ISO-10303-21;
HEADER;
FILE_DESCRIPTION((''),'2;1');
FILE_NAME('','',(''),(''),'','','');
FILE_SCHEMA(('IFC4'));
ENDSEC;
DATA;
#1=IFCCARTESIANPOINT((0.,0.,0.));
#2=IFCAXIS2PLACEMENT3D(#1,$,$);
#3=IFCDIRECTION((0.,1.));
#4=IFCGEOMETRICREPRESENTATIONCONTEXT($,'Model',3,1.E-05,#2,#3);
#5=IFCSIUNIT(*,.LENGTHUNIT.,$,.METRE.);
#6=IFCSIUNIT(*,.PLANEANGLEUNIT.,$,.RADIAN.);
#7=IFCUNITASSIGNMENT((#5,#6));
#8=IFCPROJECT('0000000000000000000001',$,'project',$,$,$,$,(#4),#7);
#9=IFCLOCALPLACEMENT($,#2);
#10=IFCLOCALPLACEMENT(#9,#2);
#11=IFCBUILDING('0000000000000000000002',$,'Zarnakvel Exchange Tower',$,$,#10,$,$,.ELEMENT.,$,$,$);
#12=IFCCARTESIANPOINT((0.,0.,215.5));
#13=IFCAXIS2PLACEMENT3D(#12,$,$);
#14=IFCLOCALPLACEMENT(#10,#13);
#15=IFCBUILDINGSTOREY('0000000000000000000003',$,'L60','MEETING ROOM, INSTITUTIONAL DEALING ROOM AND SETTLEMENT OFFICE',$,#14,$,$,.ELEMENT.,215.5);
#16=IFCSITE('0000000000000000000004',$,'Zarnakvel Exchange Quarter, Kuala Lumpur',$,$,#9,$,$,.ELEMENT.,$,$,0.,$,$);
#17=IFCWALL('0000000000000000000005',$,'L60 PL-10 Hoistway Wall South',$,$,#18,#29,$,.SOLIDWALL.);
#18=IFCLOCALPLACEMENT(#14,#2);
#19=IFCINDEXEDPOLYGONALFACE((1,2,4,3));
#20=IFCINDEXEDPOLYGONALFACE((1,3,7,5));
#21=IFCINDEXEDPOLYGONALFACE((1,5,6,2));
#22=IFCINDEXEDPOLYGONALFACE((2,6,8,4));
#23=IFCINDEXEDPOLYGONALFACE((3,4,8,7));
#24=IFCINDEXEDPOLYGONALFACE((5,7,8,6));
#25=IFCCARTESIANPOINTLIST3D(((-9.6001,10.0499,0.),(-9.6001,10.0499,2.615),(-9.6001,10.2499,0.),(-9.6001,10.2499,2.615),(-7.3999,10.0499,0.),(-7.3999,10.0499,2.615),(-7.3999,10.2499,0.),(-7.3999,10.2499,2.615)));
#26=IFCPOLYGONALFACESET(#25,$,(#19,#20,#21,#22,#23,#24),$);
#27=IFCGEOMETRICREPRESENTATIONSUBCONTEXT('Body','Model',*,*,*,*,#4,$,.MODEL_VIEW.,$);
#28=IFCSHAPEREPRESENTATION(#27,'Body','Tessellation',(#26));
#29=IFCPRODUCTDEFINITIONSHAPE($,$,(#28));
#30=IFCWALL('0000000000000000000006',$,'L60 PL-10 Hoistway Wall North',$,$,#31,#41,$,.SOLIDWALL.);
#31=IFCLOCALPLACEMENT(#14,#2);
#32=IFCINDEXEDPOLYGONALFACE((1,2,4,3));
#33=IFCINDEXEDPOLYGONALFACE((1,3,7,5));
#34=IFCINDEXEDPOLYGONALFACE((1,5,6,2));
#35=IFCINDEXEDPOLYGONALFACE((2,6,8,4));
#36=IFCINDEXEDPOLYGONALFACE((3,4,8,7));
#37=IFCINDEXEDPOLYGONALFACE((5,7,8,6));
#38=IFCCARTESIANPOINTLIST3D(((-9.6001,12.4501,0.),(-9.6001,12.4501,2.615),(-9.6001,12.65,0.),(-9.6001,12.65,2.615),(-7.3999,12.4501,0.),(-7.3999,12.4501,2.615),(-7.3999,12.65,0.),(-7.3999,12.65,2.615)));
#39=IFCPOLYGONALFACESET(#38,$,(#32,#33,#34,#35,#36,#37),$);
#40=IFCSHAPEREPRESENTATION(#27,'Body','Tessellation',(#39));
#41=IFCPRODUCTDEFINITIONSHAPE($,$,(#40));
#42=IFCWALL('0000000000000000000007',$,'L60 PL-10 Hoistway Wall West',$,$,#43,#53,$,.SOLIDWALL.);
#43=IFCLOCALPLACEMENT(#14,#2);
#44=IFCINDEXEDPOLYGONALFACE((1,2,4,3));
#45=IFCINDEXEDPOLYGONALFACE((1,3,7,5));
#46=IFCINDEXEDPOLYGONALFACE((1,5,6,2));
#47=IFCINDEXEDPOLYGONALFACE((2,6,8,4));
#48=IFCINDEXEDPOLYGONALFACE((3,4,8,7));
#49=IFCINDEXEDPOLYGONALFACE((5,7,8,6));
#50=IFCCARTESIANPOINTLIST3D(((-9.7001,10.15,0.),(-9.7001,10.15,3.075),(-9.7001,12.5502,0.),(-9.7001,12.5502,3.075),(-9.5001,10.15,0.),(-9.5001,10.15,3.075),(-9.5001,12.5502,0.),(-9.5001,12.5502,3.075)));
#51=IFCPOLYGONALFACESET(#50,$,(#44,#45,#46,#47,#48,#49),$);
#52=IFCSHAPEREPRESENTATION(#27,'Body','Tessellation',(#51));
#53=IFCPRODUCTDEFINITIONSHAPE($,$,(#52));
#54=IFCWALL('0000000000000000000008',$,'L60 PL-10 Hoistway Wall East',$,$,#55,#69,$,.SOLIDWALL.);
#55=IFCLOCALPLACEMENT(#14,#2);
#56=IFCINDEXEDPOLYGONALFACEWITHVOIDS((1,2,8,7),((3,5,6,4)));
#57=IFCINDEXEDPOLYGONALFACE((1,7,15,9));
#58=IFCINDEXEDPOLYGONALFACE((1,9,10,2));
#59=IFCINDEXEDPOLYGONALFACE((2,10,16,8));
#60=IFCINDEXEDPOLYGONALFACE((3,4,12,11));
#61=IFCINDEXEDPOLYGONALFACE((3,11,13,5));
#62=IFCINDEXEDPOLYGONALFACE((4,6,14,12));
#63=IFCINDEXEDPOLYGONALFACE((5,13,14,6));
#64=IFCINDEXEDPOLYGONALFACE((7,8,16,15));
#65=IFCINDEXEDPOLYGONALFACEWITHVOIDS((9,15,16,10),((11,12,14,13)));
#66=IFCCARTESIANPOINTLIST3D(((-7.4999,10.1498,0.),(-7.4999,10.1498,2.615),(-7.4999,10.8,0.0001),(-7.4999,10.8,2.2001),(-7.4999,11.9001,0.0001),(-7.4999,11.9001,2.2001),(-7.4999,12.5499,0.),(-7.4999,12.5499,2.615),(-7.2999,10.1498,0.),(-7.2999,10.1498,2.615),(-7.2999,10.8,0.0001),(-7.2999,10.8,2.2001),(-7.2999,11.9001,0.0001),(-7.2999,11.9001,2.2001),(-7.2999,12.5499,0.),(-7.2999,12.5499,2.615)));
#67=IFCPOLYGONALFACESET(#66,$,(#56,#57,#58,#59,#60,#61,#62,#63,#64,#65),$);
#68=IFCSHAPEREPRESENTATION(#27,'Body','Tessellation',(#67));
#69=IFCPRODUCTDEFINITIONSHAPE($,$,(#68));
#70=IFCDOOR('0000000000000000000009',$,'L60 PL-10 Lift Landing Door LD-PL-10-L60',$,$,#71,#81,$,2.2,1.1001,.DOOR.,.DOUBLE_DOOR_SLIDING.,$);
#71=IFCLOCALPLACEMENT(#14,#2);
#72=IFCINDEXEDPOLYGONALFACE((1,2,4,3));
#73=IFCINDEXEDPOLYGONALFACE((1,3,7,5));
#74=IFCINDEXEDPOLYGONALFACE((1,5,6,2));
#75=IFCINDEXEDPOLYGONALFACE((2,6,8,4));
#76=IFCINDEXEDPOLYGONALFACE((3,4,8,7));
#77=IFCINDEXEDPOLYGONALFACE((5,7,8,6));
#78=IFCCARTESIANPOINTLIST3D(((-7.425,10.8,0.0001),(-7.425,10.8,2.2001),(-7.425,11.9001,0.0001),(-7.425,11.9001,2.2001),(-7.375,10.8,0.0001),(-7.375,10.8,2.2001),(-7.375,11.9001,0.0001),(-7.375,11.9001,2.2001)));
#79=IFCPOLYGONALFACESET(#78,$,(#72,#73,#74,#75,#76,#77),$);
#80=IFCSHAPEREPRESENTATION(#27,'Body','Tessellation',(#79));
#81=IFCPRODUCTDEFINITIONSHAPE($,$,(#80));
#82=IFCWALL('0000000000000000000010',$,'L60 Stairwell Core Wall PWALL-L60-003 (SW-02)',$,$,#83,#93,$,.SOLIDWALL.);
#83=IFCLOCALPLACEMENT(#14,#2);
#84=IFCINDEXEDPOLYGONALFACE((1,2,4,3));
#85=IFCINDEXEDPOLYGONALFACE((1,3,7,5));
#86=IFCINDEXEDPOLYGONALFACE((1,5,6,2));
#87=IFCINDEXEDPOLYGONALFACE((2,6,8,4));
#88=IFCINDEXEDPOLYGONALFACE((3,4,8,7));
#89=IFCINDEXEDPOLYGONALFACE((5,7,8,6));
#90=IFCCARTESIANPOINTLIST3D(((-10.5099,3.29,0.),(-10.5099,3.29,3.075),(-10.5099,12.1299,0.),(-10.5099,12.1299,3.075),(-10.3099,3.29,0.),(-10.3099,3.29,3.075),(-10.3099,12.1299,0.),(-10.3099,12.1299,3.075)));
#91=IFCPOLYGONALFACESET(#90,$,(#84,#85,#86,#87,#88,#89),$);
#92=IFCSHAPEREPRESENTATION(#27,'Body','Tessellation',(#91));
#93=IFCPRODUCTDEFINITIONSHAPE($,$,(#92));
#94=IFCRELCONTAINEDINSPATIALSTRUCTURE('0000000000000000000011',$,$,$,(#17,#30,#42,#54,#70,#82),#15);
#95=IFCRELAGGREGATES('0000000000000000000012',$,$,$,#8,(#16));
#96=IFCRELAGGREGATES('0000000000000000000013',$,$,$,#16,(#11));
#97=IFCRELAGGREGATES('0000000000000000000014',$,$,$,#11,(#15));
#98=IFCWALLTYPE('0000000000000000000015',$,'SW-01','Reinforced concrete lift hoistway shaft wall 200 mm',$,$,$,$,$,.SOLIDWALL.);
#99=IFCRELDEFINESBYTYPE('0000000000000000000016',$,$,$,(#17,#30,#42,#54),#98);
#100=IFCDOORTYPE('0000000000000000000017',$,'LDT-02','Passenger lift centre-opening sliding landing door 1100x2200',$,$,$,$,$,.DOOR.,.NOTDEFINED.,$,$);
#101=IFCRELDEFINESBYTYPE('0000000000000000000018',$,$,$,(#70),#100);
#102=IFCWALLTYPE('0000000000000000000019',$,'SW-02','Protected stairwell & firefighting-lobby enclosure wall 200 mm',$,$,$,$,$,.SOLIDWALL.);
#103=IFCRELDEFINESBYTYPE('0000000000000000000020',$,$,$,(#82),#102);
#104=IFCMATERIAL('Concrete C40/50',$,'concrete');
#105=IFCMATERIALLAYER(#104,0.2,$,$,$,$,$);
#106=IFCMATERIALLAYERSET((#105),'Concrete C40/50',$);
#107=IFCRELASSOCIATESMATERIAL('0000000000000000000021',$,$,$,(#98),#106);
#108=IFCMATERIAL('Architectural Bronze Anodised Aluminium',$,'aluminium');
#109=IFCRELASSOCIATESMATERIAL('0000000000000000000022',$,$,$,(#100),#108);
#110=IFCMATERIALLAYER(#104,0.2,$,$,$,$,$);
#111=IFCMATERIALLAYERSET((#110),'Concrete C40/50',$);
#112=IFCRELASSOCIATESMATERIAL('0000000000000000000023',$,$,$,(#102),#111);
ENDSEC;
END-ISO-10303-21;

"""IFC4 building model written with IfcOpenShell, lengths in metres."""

from ifc_helpers import new_model, si_unit, direction, frame, frame_2d, origin, place, context, subcontext, project, spatial, rectangle, extrude, source, transform, mapped, material, layer, layer_set, type_object, element, fill, save


model = new_model("IFC4")

# Units and contexts
model_context = context("Model", 3, precision=1e-05, world=origin(), true_north=direction((0.0, 1.0)))
body_context = subcontext(model_context, "Body", "Model", "MODEL_VIEW")
ifc_project = project(units=[si_unit("LENGTHUNIT", "METRE"), si_unit("PLANEANGLEUNIT", "RADIAN")], contexts=[model_context])

# Site, building, storey
site_placement = place(None, origin())
site = spatial("IfcSite", under=ifc_project, at=site_placement, Name="Zarnakvel Exchange Quarter, Kuala Lumpur", CompositionType="ELEMENT", RefElevation=0.0)
building_placement = place(site_placement, origin())
building = spatial("IfcBuilding", under=site, at=building_placement, Name="Zarnakvel Exchange Tower", CompositionType="ELEMENT")
storey_placement = place(building_placement, frame((0.0, 0.0, 215.5)))
storey = spatial("IfcBuildingStorey", under=building, at=storey_placement, Name="L60", Description="MEETING ROOM, INSTITUTIONAL DEALING ROOM AND SETTLEMENT OFFICE", CompositionType="ELEMENT", Elevation=215.5)

# Shared definitions
ifc_material_1 = material(Name="Architectural Bronze Anodised Aluminium", Category="aluminium")

# Shared definitions
ifc_material_2 = material(Name="Concrete C40/50", Category="concrete")
ifc_layer_1 = layer(ifc_material_2, 0.2)
ifc_layer_set_1 = layer_set([ifc_layer_1], Name="Concrete C40/50")
wall_type_1 = type_object("IfcWallType", Name="SW-01", Description="Reinforced concrete lift hoistway shaft wall 200 mm", PredefinedType="SOLIDWALL", material=ifc_layer_set_1)

# Shared definitions
door_type = type_object("IfcDoorType", Name="LDT-02", Description="Passenger lift centre-opening sliding landing door 1100x2200", OperationType="NOTDEFINED", PredefinedType="DOOR", material=ifc_material_1)
shared_shape_1 = source(origin(), body_context, "Body", "SweptSolid", [
    extrude(rectangle(XDim=1.1001, YDim=2.2, at=frame_2d((0.55, 1.1001))), frame((0.0, 0.0249, 0.0), z_axis=(0.0, -1.0, 0.0), x_axis=(1.0, 0.0, 0.0)), (0.0, 0.0, 1.0), 0.05),
])

# Walls
for number, where, z_axis, x_axis, name in (
    (1, (-7.3999, 10.1499, 0.0), (0.0, 0.0, 1.0), (-1.0, 0.0, 0.0), "L60 PL-10 Hoistway Wall South"),
    (2, (-9.6001, 12.55, 0.0), (0.0, 0.0, 1.0), (1.0, 0.0, 0.0), "L60 PL-10 Hoistway Wall North"),
):
    element("IfcWall", number, at=place(storey_placement, frame(where, z_axis=z_axis, x_axis=x_axis)), inside=storey, type_object=wall_type_1, Name=name, PredefinedType="SOLIDWALL", context=body_context, shape_type="SweptSolid", body=[
        extrude(rectangle(XDim=2.2002, YDim=0.2, at=frame_2d((1.1001, 0.0))), origin(), (0.0, 0.0, 1.0), 2.615),
    ])
wall_1_placement = place(storey_placement, frame((-9.6001, 10.1499, 0.0), z_axis=(0.0, 0.0, 1.0), x_axis=(0.0, 1.0, 0.0)))
element("IfcWall", 3, at=wall_1_placement, inside=storey, type_object=wall_type_1, Name="L60 PL-10 Hoistway Wall West", PredefinedType="SOLIDWALL", context=body_context, shape_type="SweptSolid", body=[
    extrude(rectangle(XDim=2.4001, YDim=0.2, at=frame_2d((1.2002, 0.0))), origin(), (0.0, 0.0, 1.0), 3.075),
])

# Wall, opening, door
wall_2_placement = place(storey_placement, frame((-7.3999, 12.55, 0.0), z_axis=(0.0, 0.0, 1.0), x_axis=(0.0, -1.0, 0.0)))
wall_2 = element("IfcWall", 4, at=wall_2_placement, inside=storey, type_object=wall_type_1, Name="L60 PL-10 Hoistway Wall East", PredefinedType="SOLIDWALL", context=body_context, shape_type="SweptSolid", body=[
    extrude(rectangle(XDim=2.4001, YDim=0.2, at=frame_2d((1.2002, 0.0))), origin(), (0.0, 0.0, 1.0), 2.615),
])
opening_1_placement = place(wall_2_placement, frame((0.6499, 0.0, 0.0)))
opening_1 = element("IfcOpeningElement", 5, at=opening_1_placement, cuts=wall_2, PredefinedType="OPENING", context=body_context, shape_type="SweptSolid", body=[
    extrude(rectangle(XDim=1.1001, YDim=2.2, at=frame_2d((0.55, 1.1001))), frame((0.0, 0.1099, 0.0), z_axis=(0.0, -1.0, 0.0), x_axis=(1.0, 0.0, 0.0)), (0.0, 0.0, 1.0), 0.22),
])
door_1_placement = place(opening_1_placement, origin())
door_1 = element("IfcDoor", 6, at=door_1_placement, inside=storey, type_object=door_type, Name="L60 PL-10 Lift Landing Door LD-PL-10-L60", OperationType="DOUBLE_DOOR_SLIDING", OverallHeight=2.2, OverallWidth=1.1001, PredefinedType="DOOR", context=body_context, shape_type="MappedRepresentation", body=[
    mapped(shared_shape_1, transform((0.0, 0.0, 0.0), x_axis=(1.0, 0.0, 0.0), y_axis=(0.0, 1.0, 0.0), z_axis=(0.0, 0.0, 1.0), scale=1.0)),
])
fill(opening_1, door_1)

# Wall
ifc_layer_2 = layer(ifc_material_2, 0.2)
ifc_layer_set_2 = layer_set([ifc_layer_2], Name="Concrete C40/50")
wall_type_2 = type_object("IfcWallType", Name="SW-02", Description="Protected stairwell & firefighting-lobby enclosure wall 200 mm", PredefinedType="SOLIDWALL", material=ifc_layer_set_2)
wall_3_placement = place(storey_placement, frame((-10.4099, 12.1299, 0.0), z_axis=(0.0, 0.0, 1.0), x_axis=(0.0, -1.0, 0.0)))
element("IfcWall", 7, at=wall_3_placement, inside=storey, type_object=wall_type_2, Name="L60 Stairwell Core Wall PWALL-L60-003 (SW-02)", PredefinedType="SOLIDWALL", context=body_context, shape_type="SweptSolid", body=[
    extrude(rectangle(XDim=8.8398, YDim=0.2, at=frame_2d((4.4199, 0.0))), origin(), (0.0, 0.0, 1.0), 3.075),
])

save(model, "model.ifc")
